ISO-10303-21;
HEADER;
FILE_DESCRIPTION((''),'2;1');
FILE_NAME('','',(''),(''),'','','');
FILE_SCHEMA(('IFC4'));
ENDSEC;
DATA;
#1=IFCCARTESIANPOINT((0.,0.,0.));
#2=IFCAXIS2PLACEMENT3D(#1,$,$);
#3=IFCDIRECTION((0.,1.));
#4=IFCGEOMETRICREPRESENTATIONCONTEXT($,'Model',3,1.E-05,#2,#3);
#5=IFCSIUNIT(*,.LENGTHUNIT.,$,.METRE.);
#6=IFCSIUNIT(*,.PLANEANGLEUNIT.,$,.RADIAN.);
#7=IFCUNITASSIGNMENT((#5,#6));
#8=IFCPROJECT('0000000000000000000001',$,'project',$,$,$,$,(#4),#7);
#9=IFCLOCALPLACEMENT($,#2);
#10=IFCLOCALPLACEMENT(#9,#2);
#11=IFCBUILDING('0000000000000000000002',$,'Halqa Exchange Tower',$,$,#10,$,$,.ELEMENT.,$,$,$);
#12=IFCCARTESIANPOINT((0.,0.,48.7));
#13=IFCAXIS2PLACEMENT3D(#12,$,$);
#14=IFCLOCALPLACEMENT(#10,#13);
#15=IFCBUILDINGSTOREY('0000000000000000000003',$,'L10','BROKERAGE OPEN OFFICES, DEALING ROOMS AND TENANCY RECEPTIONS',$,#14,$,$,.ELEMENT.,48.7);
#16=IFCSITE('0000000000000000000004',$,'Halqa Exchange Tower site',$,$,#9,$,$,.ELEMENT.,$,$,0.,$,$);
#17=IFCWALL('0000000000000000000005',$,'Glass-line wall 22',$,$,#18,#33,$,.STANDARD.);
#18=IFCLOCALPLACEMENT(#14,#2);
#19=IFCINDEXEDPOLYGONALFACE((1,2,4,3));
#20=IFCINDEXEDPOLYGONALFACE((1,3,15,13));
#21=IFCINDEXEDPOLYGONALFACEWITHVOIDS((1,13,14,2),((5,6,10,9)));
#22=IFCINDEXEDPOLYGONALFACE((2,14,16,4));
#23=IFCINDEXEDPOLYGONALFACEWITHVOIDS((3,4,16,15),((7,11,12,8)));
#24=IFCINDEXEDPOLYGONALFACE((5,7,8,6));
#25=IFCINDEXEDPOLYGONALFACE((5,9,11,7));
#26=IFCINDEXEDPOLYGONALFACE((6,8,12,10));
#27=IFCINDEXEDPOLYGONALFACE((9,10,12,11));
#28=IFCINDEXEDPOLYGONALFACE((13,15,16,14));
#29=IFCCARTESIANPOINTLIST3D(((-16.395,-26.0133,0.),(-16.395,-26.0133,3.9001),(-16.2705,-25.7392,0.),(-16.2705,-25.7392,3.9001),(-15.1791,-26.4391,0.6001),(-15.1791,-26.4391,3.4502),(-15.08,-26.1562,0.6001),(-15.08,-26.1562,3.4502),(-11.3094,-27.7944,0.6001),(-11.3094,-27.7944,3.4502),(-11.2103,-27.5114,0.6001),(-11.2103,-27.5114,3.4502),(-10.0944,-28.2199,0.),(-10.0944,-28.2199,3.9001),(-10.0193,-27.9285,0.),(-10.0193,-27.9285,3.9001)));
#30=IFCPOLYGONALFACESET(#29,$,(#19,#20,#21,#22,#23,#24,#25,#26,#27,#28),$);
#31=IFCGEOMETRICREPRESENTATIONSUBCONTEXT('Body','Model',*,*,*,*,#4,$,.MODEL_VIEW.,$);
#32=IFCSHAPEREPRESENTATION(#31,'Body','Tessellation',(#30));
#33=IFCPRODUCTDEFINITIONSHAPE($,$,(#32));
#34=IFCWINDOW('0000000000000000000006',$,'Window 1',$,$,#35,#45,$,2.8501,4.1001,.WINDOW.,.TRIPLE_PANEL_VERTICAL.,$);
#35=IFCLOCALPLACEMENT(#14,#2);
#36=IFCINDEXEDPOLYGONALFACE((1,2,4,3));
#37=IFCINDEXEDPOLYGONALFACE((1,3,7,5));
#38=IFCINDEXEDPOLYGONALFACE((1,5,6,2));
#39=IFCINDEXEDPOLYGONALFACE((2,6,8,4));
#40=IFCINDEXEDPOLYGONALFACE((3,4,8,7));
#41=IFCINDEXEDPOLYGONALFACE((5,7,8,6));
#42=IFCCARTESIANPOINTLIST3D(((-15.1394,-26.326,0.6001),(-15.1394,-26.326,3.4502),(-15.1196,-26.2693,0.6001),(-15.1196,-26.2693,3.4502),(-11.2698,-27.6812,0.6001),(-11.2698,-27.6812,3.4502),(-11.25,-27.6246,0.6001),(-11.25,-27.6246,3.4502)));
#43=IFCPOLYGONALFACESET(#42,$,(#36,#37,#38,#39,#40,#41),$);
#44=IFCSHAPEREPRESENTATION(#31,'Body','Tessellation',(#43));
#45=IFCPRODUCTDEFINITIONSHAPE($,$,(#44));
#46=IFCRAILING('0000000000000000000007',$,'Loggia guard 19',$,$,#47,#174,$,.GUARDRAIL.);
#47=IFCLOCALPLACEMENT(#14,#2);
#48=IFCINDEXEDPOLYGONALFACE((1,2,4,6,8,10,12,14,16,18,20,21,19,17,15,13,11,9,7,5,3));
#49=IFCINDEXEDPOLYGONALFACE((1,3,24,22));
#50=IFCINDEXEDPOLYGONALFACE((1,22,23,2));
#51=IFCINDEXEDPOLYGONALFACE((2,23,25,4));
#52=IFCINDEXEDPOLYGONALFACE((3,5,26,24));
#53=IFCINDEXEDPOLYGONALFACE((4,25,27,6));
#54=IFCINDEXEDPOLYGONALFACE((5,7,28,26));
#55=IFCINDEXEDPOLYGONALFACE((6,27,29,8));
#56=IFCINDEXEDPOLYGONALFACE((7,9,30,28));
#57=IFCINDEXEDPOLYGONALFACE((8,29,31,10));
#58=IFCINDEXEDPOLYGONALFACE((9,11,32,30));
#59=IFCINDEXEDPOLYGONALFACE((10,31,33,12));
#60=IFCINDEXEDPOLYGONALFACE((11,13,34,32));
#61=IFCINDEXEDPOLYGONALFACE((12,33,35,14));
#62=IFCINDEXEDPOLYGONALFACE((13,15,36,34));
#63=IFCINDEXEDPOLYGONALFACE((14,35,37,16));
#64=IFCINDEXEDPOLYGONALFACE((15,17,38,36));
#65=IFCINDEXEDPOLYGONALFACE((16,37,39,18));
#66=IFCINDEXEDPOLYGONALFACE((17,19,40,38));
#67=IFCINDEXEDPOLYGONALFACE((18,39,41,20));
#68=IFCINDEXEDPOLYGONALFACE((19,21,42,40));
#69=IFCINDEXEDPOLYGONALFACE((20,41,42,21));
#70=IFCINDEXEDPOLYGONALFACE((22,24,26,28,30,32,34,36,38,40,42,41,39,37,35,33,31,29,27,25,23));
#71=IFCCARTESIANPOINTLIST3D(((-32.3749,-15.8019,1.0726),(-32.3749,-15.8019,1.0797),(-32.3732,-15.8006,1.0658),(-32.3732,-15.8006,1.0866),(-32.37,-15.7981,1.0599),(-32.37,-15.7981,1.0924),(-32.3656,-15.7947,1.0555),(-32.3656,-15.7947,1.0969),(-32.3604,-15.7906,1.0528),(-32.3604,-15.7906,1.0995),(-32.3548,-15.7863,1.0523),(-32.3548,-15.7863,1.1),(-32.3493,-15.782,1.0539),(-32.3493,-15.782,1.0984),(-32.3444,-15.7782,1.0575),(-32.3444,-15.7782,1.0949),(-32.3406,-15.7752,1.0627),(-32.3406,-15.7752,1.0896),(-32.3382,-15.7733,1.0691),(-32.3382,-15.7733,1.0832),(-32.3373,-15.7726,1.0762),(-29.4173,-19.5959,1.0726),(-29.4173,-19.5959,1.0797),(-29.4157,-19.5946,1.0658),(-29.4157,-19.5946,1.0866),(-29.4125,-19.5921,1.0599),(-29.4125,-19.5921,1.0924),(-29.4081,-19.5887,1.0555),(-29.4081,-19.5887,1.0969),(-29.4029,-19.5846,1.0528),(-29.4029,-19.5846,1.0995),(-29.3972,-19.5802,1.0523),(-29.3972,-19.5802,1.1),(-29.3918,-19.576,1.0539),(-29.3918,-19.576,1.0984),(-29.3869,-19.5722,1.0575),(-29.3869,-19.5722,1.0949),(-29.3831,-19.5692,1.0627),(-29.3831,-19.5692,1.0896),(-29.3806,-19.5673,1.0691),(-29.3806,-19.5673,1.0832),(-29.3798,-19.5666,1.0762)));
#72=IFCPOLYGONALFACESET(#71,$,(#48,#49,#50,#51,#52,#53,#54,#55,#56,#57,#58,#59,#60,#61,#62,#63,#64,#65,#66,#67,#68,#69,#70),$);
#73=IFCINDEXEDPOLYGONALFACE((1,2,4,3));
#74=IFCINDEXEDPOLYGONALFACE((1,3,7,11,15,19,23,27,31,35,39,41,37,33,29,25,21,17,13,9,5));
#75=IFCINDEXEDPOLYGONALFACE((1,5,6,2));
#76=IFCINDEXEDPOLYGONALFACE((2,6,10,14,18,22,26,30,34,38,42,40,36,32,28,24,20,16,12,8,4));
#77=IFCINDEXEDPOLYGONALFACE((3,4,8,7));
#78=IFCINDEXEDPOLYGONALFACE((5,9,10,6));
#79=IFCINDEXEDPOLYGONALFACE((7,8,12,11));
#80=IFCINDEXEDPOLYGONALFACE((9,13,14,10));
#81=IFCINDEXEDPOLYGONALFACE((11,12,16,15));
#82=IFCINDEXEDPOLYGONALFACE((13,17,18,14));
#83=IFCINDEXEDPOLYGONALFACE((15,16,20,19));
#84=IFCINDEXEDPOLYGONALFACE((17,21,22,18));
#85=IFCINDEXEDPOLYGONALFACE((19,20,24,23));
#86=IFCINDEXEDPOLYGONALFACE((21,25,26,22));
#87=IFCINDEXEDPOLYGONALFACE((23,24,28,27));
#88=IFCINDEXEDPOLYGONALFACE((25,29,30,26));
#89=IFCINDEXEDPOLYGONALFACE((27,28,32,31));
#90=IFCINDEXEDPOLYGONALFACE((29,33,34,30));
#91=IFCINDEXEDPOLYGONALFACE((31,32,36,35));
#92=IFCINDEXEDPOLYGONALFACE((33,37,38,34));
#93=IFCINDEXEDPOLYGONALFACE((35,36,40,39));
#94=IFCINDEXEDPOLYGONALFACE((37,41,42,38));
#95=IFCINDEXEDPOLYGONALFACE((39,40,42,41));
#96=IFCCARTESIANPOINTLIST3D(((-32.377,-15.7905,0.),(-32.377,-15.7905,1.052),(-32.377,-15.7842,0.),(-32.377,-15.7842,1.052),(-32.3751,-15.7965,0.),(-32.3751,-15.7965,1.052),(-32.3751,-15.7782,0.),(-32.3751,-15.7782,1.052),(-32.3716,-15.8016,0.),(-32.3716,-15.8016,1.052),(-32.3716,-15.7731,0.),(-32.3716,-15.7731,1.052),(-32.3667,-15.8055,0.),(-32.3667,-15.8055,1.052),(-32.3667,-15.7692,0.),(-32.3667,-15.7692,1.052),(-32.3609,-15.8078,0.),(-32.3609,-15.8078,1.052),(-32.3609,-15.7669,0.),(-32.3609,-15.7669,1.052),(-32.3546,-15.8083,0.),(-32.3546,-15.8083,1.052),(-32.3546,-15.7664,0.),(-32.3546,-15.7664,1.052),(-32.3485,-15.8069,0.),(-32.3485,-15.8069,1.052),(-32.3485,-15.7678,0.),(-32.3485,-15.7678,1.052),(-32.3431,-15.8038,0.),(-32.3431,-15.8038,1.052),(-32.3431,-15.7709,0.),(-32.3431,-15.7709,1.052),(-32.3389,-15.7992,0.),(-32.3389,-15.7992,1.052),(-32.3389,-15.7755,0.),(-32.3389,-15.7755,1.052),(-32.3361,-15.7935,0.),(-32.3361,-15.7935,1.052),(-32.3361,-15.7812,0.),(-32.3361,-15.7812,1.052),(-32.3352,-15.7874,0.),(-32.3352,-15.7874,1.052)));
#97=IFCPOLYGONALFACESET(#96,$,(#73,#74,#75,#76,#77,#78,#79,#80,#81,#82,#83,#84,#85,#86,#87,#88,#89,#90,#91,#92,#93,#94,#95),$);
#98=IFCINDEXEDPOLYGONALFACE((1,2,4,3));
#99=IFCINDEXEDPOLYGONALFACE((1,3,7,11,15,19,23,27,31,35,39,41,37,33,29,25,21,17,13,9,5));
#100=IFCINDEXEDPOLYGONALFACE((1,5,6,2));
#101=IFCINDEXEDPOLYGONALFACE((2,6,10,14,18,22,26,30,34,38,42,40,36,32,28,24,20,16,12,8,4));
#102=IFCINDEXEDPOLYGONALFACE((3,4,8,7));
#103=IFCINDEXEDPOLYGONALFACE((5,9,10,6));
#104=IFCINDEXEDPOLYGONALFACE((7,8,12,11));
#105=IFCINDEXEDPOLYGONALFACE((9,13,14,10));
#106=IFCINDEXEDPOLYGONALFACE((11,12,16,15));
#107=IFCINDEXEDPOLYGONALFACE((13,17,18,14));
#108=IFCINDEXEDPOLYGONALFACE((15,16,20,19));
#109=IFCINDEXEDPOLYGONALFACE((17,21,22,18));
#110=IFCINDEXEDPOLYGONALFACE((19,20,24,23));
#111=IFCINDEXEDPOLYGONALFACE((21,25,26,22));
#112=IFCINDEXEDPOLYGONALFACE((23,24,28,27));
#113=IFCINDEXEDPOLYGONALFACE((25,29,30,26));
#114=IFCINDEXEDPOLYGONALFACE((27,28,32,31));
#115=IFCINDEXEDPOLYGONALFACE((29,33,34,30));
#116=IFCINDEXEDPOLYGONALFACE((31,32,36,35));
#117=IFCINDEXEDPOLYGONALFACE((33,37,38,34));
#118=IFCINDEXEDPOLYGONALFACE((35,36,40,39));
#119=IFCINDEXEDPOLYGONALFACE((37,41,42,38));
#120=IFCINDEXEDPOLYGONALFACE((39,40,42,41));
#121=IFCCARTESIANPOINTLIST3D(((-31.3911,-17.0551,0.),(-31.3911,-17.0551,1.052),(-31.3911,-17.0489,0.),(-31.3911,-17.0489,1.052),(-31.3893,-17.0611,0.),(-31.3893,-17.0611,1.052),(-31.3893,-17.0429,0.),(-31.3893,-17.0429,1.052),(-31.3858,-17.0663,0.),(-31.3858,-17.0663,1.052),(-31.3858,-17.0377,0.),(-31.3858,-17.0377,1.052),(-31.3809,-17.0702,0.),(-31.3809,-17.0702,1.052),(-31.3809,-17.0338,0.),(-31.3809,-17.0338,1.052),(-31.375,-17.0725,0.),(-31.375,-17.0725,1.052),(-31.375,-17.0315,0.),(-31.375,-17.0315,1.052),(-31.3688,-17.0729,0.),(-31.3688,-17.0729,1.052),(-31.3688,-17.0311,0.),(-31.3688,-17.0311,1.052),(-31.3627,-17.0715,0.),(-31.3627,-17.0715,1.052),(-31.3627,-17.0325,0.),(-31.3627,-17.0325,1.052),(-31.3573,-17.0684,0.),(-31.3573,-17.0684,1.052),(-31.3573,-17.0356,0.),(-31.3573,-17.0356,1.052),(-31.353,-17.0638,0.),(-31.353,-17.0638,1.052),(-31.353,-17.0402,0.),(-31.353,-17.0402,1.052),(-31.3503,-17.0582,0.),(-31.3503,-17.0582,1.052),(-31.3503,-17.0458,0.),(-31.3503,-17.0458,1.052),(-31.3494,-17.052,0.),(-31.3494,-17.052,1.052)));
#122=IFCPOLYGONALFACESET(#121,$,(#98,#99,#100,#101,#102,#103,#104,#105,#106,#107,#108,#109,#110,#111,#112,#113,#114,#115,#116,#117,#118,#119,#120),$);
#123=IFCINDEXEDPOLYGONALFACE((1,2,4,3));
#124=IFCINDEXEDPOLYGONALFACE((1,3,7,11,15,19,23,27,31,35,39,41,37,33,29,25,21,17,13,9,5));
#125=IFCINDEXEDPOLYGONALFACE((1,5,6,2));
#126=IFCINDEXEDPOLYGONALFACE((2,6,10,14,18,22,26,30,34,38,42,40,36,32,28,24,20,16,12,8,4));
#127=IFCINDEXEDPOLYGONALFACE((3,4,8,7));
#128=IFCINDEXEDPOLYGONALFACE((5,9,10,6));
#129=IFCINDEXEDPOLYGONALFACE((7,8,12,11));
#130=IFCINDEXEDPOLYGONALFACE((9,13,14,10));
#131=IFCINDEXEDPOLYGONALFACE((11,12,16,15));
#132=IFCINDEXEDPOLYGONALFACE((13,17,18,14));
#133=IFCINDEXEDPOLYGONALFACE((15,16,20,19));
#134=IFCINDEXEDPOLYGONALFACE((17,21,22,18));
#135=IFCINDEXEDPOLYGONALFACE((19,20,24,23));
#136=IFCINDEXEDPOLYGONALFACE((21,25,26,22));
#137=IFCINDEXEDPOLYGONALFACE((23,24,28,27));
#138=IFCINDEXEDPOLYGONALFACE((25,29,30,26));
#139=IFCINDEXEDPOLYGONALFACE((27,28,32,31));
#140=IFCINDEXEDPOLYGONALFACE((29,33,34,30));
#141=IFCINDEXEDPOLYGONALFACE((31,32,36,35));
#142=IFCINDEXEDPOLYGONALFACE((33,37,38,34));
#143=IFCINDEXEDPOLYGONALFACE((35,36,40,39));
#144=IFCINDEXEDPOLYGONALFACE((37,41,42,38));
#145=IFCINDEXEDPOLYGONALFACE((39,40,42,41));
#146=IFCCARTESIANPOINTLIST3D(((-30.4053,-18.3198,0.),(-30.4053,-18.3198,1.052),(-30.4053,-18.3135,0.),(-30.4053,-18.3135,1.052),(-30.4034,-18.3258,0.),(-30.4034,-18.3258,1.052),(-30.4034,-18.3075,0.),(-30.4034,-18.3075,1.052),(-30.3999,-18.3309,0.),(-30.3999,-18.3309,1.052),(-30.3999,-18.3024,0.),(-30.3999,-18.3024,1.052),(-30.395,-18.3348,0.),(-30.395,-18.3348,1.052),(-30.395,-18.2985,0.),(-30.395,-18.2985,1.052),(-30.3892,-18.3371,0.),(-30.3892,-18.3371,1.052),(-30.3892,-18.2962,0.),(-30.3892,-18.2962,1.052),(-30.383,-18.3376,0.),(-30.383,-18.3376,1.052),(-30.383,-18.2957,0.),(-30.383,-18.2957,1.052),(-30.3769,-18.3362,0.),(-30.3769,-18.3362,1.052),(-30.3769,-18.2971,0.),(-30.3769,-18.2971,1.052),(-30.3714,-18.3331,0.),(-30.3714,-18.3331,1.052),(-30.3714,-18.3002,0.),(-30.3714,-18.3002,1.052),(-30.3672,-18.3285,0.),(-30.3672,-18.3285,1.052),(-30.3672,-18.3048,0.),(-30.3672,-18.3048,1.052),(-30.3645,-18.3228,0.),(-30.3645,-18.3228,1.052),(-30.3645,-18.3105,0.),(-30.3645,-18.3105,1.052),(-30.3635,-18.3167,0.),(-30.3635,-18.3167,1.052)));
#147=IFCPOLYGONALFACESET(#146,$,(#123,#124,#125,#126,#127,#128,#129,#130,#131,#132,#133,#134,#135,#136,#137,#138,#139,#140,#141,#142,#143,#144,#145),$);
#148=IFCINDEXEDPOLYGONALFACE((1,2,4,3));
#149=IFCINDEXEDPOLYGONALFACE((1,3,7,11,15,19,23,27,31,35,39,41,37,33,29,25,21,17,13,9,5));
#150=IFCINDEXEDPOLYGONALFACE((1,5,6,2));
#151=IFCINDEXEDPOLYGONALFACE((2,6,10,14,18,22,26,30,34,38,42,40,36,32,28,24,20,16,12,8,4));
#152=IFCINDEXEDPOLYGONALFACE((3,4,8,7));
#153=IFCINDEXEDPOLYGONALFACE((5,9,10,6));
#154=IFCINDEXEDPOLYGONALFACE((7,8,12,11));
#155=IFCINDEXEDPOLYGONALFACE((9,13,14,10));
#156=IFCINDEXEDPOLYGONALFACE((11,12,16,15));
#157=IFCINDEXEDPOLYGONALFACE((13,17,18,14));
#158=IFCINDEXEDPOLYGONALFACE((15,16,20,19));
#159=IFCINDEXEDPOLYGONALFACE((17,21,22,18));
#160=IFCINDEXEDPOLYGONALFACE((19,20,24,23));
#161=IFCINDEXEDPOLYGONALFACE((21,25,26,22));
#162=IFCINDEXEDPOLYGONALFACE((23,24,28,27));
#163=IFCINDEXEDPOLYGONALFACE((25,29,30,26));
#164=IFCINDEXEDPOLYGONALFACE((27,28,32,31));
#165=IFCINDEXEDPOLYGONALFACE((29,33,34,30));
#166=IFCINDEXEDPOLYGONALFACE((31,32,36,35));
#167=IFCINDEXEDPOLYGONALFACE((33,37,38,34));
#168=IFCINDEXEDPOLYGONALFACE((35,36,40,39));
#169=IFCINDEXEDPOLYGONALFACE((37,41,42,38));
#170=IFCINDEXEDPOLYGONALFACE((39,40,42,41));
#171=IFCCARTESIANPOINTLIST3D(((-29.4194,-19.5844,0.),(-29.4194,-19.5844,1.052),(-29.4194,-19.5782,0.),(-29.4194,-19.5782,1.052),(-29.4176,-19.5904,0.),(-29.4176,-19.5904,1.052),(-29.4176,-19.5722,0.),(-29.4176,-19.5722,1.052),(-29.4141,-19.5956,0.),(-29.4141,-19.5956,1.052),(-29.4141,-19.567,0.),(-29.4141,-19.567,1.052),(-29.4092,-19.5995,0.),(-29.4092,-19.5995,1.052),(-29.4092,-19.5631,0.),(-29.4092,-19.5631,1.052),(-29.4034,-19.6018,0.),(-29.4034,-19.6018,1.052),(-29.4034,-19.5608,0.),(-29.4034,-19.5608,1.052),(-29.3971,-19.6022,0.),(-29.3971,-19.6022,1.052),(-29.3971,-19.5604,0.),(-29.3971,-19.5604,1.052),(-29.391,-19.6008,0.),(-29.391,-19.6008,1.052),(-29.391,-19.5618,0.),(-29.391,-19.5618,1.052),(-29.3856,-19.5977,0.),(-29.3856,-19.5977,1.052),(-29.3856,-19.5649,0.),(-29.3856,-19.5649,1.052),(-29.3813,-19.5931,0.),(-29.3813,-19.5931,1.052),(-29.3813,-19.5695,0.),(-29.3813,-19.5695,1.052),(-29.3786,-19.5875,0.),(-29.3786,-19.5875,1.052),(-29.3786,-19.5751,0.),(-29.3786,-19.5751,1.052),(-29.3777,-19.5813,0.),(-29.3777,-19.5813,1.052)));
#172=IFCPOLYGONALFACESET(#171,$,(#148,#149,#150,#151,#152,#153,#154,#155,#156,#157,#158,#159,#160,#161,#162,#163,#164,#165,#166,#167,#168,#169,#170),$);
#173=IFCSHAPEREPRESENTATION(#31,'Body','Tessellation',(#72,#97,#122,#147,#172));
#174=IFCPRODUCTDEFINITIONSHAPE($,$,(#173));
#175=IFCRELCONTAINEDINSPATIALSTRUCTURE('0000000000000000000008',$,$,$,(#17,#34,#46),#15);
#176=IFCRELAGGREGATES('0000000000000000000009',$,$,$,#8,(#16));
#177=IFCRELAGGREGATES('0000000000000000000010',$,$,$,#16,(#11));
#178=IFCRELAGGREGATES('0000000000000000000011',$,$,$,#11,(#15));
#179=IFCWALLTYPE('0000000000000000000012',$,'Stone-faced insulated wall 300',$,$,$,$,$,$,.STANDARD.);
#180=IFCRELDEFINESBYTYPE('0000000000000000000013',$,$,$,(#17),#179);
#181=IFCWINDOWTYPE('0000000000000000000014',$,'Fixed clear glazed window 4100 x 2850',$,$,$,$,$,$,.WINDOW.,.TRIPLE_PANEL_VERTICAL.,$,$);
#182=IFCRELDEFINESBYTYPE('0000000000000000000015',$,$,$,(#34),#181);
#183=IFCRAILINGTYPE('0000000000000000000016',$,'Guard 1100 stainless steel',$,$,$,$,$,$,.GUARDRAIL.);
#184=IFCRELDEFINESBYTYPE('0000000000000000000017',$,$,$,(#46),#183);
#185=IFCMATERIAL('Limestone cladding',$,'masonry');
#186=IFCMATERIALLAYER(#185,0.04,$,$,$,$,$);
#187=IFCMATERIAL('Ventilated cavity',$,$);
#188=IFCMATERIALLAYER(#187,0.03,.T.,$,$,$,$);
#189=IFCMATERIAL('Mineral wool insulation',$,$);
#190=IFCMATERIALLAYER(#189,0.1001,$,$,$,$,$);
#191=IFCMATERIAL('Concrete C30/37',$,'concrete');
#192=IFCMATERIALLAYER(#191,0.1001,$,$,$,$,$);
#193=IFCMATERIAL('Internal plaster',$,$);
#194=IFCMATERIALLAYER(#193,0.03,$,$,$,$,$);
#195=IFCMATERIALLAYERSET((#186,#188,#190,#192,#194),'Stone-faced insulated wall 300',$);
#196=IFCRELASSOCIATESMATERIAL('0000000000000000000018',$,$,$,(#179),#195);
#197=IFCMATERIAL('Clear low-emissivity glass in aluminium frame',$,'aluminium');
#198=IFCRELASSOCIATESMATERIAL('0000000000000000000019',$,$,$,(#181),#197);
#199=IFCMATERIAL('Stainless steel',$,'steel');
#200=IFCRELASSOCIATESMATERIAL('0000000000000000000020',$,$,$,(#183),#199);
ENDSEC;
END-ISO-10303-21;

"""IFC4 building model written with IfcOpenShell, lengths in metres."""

from ifc_helpers import new_model, si_unit, direction, frame, frame_2d, origin, origin_2d, place, context, subcontext, project, spatial, polyline, rectangle, circle, outline, extrude, material, layer, layer_set, type_object, element, fill, save


model = new_model("IFC4")

# Units and contexts
model_context = context("Model", 3, precision=1e-05, world=origin(), true_north=direction((0.0, 1.0)))
body_context = subcontext(model_context, "Body", "Model", "MODEL_VIEW")
ifc_project = project(units=[si_unit("LENGTHUNIT", "METRE"), si_unit("PLANEANGLEUNIT", "RADIAN")], contexts=[model_context])

# Site, building, storey
site_placement = place(None, origin())
site = spatial("IfcSite", under=ifc_project, at=site_placement, Name="Halqa Exchange Tower site", CompositionType="ELEMENT", RefElevation=0.0)
building_placement = place(site_placement, origin())
building = spatial("IfcBuilding", under=site, at=building_placement, Name="Halqa Exchange Tower", CompositionType="ELEMENT")
storey_placement = place(building_placement, frame((0.0, 0.0, 48.7)))
storey = spatial("IfcBuildingStorey", under=building, at=storey_placement, Name="L10", Description="BROKERAGE OPEN OFFICES, DEALING ROOMS AND TENANCY RECEPTIONS", CompositionType="ELEMENT", Elevation=48.7)

# Shared definitions
ifc_material_1 = material(Name="Limestone cladding", Category="masonry")
ifc_layer_1 = layer(ifc_material_1, 0.04)
ifc_material_2 = material(Name="Ventilated cavity")
ifc_layer_2 = layer(ifc_material_2, 0.03, ventilated=True)
ifc_material_3 = material(Name="Mineral wool insulation")
ifc_layer_3 = layer(ifc_material_3, 0.1001)
ifc_material_4 = material(Name="Concrete C30/37", Category="concrete")
ifc_layer_4 = layer(ifc_material_4, 0.1001)
ifc_material_5 = material(Name="Internal plaster")
ifc_layer_5 = layer(ifc_material_5, 0.03)
ifc_layer_set_1 = layer_set([ifc_layer_1, ifc_layer_2, ifc_layer_3, ifc_layer_4, ifc_layer_5], Name="Stone-faced insulated wall 300")
wall_type_1 = type_object("IfcWallType", Name="Stone-faced insulated wall 300", PredefinedType="STANDARD", material=ifc_layer_set_1)
ifc_material_6 = material(Name="Clear low-emissivity glass in aluminium frame", Category="aluminium")

# Wall, opening, window
window_type = type_object("IfcWindowType", Name="Fixed clear glazed window 4100 x 2850", PartitioningType="TRIPLE_PANEL_VERTICAL", PredefinedType="WINDOW", material=ifc_material_6)
wall_1_placement = place(storey_placement, frame((-16.3328, -25.8762, 0.0), z_axis=(0.0, 0.0, 1.0), x_axis=(0.943791, -0.330543, 0.0)))
wall_1 = element("IfcWall", 1, at=wall_1_placement, inside=storey, type_object=wall_type_1, Name="Glass-line wall 22", PredefinedType="STANDARD", context=body_context, shape_type="SweptSolid", body=[
    extrude(outline(polyline([(-0.0134, -0.1499), (6.6624, -0.1499), (6.637, 0.1499), (0.0134, 0.1499), (-0.0134, -0.1499)])), origin(), (0.0, 0.0, 1.0), 3.9001),
])
opening_1_placement = place(wall_1_placement, frame((1.2749, 0.0, 0.6001)))
opening_1 = element("IfcOpeningElement", 2, at=opening_1_placement, cuts=wall_1, PredefinedType="OPENING", context=body_context, shape_type="SweptSolid", body=[
    extrude(rectangle(XDim=4.1001, YDim=2.8501, at=frame_2d((2.05, 1.425))), frame((0.0, 0.1621, 0.0), z_axis=(0.0, -1.0, 0.0), x_axis=(1.0, 0.0, 0.0)), (0.0, 0.0, 1.0), 0.324),
])
window_1_placement = place(opening_1_placement, origin())
window_1 = element("IfcWindow", 3, at=window_1_placement, inside=storey, type_object=window_type, Name="Window 1", OverallHeight=2.8501, OverallWidth=4.1001, PartitioningType="TRIPLE_PANEL_VERTICAL", PredefinedType="WINDOW", context=body_context, shape_type="SweptSolid", body=[
    extrude(rectangle(XDim=4.1001, YDim=2.8501, at=frame_2d((2.05, 1.425))), frame((0.0, 0.03, 0.0), z_axis=(0.0, -1.0, 0.0), x_axis=(1.0, 0.0, 0.0)), (0.0, 0.0, 1.0), 0.0601),
])
fill(opening_1, window_1)

# Railing
ifc_material_7 = material(Name="Stainless steel", Category="steel")
railing_type = type_object("IfcRailingType", Name="Guard 1100 stainless steel", PredefinedType="GUARDRAIL", material=ifc_material_7)
railing_1_placement = place(storey_placement, frame((-32.3562, -15.7874, 0.0)))
element("IfcRailing", 4, at=railing_1_placement, inside=storey, type_object=railing_type, Name="Loggia guard 19", PredefinedType="GUARDRAIL", context=body_context, shape_type="SweptSolid", body=[
    extrude(circle(Radius=0.0239, at=origin_2d()), frame((0.0, 0.0, 1.0762), z_axis=(0.614805, -0.788679, 0.0), x_axis=(0.788679, 0.614805, 0.0)), (0.0, 0.0, 1.0), 4.8105),
    extrude(circle(Radius=0.021, at=origin_2d()), origin(), (0.0, 0.0, 1.0), 1.052),
    extrude(circle(Radius=0.021, at=origin_2d()), frame((0.9858, -1.2646, 0.0)), (0.0, 0.0, 1.0), 1.052),
    extrude(circle(Radius=0.021, at=origin_2d()), frame((1.9717, -2.5293, 0.0)), (0.0, 0.0, 1.0), 1.052),
    extrude(circle(Radius=0.021, at=origin_2d()), frame((2.9575, -3.7939, 0.0)), (0.0, 0.0, 1.0), 1.052),
])

save(model, "model.ifc")
